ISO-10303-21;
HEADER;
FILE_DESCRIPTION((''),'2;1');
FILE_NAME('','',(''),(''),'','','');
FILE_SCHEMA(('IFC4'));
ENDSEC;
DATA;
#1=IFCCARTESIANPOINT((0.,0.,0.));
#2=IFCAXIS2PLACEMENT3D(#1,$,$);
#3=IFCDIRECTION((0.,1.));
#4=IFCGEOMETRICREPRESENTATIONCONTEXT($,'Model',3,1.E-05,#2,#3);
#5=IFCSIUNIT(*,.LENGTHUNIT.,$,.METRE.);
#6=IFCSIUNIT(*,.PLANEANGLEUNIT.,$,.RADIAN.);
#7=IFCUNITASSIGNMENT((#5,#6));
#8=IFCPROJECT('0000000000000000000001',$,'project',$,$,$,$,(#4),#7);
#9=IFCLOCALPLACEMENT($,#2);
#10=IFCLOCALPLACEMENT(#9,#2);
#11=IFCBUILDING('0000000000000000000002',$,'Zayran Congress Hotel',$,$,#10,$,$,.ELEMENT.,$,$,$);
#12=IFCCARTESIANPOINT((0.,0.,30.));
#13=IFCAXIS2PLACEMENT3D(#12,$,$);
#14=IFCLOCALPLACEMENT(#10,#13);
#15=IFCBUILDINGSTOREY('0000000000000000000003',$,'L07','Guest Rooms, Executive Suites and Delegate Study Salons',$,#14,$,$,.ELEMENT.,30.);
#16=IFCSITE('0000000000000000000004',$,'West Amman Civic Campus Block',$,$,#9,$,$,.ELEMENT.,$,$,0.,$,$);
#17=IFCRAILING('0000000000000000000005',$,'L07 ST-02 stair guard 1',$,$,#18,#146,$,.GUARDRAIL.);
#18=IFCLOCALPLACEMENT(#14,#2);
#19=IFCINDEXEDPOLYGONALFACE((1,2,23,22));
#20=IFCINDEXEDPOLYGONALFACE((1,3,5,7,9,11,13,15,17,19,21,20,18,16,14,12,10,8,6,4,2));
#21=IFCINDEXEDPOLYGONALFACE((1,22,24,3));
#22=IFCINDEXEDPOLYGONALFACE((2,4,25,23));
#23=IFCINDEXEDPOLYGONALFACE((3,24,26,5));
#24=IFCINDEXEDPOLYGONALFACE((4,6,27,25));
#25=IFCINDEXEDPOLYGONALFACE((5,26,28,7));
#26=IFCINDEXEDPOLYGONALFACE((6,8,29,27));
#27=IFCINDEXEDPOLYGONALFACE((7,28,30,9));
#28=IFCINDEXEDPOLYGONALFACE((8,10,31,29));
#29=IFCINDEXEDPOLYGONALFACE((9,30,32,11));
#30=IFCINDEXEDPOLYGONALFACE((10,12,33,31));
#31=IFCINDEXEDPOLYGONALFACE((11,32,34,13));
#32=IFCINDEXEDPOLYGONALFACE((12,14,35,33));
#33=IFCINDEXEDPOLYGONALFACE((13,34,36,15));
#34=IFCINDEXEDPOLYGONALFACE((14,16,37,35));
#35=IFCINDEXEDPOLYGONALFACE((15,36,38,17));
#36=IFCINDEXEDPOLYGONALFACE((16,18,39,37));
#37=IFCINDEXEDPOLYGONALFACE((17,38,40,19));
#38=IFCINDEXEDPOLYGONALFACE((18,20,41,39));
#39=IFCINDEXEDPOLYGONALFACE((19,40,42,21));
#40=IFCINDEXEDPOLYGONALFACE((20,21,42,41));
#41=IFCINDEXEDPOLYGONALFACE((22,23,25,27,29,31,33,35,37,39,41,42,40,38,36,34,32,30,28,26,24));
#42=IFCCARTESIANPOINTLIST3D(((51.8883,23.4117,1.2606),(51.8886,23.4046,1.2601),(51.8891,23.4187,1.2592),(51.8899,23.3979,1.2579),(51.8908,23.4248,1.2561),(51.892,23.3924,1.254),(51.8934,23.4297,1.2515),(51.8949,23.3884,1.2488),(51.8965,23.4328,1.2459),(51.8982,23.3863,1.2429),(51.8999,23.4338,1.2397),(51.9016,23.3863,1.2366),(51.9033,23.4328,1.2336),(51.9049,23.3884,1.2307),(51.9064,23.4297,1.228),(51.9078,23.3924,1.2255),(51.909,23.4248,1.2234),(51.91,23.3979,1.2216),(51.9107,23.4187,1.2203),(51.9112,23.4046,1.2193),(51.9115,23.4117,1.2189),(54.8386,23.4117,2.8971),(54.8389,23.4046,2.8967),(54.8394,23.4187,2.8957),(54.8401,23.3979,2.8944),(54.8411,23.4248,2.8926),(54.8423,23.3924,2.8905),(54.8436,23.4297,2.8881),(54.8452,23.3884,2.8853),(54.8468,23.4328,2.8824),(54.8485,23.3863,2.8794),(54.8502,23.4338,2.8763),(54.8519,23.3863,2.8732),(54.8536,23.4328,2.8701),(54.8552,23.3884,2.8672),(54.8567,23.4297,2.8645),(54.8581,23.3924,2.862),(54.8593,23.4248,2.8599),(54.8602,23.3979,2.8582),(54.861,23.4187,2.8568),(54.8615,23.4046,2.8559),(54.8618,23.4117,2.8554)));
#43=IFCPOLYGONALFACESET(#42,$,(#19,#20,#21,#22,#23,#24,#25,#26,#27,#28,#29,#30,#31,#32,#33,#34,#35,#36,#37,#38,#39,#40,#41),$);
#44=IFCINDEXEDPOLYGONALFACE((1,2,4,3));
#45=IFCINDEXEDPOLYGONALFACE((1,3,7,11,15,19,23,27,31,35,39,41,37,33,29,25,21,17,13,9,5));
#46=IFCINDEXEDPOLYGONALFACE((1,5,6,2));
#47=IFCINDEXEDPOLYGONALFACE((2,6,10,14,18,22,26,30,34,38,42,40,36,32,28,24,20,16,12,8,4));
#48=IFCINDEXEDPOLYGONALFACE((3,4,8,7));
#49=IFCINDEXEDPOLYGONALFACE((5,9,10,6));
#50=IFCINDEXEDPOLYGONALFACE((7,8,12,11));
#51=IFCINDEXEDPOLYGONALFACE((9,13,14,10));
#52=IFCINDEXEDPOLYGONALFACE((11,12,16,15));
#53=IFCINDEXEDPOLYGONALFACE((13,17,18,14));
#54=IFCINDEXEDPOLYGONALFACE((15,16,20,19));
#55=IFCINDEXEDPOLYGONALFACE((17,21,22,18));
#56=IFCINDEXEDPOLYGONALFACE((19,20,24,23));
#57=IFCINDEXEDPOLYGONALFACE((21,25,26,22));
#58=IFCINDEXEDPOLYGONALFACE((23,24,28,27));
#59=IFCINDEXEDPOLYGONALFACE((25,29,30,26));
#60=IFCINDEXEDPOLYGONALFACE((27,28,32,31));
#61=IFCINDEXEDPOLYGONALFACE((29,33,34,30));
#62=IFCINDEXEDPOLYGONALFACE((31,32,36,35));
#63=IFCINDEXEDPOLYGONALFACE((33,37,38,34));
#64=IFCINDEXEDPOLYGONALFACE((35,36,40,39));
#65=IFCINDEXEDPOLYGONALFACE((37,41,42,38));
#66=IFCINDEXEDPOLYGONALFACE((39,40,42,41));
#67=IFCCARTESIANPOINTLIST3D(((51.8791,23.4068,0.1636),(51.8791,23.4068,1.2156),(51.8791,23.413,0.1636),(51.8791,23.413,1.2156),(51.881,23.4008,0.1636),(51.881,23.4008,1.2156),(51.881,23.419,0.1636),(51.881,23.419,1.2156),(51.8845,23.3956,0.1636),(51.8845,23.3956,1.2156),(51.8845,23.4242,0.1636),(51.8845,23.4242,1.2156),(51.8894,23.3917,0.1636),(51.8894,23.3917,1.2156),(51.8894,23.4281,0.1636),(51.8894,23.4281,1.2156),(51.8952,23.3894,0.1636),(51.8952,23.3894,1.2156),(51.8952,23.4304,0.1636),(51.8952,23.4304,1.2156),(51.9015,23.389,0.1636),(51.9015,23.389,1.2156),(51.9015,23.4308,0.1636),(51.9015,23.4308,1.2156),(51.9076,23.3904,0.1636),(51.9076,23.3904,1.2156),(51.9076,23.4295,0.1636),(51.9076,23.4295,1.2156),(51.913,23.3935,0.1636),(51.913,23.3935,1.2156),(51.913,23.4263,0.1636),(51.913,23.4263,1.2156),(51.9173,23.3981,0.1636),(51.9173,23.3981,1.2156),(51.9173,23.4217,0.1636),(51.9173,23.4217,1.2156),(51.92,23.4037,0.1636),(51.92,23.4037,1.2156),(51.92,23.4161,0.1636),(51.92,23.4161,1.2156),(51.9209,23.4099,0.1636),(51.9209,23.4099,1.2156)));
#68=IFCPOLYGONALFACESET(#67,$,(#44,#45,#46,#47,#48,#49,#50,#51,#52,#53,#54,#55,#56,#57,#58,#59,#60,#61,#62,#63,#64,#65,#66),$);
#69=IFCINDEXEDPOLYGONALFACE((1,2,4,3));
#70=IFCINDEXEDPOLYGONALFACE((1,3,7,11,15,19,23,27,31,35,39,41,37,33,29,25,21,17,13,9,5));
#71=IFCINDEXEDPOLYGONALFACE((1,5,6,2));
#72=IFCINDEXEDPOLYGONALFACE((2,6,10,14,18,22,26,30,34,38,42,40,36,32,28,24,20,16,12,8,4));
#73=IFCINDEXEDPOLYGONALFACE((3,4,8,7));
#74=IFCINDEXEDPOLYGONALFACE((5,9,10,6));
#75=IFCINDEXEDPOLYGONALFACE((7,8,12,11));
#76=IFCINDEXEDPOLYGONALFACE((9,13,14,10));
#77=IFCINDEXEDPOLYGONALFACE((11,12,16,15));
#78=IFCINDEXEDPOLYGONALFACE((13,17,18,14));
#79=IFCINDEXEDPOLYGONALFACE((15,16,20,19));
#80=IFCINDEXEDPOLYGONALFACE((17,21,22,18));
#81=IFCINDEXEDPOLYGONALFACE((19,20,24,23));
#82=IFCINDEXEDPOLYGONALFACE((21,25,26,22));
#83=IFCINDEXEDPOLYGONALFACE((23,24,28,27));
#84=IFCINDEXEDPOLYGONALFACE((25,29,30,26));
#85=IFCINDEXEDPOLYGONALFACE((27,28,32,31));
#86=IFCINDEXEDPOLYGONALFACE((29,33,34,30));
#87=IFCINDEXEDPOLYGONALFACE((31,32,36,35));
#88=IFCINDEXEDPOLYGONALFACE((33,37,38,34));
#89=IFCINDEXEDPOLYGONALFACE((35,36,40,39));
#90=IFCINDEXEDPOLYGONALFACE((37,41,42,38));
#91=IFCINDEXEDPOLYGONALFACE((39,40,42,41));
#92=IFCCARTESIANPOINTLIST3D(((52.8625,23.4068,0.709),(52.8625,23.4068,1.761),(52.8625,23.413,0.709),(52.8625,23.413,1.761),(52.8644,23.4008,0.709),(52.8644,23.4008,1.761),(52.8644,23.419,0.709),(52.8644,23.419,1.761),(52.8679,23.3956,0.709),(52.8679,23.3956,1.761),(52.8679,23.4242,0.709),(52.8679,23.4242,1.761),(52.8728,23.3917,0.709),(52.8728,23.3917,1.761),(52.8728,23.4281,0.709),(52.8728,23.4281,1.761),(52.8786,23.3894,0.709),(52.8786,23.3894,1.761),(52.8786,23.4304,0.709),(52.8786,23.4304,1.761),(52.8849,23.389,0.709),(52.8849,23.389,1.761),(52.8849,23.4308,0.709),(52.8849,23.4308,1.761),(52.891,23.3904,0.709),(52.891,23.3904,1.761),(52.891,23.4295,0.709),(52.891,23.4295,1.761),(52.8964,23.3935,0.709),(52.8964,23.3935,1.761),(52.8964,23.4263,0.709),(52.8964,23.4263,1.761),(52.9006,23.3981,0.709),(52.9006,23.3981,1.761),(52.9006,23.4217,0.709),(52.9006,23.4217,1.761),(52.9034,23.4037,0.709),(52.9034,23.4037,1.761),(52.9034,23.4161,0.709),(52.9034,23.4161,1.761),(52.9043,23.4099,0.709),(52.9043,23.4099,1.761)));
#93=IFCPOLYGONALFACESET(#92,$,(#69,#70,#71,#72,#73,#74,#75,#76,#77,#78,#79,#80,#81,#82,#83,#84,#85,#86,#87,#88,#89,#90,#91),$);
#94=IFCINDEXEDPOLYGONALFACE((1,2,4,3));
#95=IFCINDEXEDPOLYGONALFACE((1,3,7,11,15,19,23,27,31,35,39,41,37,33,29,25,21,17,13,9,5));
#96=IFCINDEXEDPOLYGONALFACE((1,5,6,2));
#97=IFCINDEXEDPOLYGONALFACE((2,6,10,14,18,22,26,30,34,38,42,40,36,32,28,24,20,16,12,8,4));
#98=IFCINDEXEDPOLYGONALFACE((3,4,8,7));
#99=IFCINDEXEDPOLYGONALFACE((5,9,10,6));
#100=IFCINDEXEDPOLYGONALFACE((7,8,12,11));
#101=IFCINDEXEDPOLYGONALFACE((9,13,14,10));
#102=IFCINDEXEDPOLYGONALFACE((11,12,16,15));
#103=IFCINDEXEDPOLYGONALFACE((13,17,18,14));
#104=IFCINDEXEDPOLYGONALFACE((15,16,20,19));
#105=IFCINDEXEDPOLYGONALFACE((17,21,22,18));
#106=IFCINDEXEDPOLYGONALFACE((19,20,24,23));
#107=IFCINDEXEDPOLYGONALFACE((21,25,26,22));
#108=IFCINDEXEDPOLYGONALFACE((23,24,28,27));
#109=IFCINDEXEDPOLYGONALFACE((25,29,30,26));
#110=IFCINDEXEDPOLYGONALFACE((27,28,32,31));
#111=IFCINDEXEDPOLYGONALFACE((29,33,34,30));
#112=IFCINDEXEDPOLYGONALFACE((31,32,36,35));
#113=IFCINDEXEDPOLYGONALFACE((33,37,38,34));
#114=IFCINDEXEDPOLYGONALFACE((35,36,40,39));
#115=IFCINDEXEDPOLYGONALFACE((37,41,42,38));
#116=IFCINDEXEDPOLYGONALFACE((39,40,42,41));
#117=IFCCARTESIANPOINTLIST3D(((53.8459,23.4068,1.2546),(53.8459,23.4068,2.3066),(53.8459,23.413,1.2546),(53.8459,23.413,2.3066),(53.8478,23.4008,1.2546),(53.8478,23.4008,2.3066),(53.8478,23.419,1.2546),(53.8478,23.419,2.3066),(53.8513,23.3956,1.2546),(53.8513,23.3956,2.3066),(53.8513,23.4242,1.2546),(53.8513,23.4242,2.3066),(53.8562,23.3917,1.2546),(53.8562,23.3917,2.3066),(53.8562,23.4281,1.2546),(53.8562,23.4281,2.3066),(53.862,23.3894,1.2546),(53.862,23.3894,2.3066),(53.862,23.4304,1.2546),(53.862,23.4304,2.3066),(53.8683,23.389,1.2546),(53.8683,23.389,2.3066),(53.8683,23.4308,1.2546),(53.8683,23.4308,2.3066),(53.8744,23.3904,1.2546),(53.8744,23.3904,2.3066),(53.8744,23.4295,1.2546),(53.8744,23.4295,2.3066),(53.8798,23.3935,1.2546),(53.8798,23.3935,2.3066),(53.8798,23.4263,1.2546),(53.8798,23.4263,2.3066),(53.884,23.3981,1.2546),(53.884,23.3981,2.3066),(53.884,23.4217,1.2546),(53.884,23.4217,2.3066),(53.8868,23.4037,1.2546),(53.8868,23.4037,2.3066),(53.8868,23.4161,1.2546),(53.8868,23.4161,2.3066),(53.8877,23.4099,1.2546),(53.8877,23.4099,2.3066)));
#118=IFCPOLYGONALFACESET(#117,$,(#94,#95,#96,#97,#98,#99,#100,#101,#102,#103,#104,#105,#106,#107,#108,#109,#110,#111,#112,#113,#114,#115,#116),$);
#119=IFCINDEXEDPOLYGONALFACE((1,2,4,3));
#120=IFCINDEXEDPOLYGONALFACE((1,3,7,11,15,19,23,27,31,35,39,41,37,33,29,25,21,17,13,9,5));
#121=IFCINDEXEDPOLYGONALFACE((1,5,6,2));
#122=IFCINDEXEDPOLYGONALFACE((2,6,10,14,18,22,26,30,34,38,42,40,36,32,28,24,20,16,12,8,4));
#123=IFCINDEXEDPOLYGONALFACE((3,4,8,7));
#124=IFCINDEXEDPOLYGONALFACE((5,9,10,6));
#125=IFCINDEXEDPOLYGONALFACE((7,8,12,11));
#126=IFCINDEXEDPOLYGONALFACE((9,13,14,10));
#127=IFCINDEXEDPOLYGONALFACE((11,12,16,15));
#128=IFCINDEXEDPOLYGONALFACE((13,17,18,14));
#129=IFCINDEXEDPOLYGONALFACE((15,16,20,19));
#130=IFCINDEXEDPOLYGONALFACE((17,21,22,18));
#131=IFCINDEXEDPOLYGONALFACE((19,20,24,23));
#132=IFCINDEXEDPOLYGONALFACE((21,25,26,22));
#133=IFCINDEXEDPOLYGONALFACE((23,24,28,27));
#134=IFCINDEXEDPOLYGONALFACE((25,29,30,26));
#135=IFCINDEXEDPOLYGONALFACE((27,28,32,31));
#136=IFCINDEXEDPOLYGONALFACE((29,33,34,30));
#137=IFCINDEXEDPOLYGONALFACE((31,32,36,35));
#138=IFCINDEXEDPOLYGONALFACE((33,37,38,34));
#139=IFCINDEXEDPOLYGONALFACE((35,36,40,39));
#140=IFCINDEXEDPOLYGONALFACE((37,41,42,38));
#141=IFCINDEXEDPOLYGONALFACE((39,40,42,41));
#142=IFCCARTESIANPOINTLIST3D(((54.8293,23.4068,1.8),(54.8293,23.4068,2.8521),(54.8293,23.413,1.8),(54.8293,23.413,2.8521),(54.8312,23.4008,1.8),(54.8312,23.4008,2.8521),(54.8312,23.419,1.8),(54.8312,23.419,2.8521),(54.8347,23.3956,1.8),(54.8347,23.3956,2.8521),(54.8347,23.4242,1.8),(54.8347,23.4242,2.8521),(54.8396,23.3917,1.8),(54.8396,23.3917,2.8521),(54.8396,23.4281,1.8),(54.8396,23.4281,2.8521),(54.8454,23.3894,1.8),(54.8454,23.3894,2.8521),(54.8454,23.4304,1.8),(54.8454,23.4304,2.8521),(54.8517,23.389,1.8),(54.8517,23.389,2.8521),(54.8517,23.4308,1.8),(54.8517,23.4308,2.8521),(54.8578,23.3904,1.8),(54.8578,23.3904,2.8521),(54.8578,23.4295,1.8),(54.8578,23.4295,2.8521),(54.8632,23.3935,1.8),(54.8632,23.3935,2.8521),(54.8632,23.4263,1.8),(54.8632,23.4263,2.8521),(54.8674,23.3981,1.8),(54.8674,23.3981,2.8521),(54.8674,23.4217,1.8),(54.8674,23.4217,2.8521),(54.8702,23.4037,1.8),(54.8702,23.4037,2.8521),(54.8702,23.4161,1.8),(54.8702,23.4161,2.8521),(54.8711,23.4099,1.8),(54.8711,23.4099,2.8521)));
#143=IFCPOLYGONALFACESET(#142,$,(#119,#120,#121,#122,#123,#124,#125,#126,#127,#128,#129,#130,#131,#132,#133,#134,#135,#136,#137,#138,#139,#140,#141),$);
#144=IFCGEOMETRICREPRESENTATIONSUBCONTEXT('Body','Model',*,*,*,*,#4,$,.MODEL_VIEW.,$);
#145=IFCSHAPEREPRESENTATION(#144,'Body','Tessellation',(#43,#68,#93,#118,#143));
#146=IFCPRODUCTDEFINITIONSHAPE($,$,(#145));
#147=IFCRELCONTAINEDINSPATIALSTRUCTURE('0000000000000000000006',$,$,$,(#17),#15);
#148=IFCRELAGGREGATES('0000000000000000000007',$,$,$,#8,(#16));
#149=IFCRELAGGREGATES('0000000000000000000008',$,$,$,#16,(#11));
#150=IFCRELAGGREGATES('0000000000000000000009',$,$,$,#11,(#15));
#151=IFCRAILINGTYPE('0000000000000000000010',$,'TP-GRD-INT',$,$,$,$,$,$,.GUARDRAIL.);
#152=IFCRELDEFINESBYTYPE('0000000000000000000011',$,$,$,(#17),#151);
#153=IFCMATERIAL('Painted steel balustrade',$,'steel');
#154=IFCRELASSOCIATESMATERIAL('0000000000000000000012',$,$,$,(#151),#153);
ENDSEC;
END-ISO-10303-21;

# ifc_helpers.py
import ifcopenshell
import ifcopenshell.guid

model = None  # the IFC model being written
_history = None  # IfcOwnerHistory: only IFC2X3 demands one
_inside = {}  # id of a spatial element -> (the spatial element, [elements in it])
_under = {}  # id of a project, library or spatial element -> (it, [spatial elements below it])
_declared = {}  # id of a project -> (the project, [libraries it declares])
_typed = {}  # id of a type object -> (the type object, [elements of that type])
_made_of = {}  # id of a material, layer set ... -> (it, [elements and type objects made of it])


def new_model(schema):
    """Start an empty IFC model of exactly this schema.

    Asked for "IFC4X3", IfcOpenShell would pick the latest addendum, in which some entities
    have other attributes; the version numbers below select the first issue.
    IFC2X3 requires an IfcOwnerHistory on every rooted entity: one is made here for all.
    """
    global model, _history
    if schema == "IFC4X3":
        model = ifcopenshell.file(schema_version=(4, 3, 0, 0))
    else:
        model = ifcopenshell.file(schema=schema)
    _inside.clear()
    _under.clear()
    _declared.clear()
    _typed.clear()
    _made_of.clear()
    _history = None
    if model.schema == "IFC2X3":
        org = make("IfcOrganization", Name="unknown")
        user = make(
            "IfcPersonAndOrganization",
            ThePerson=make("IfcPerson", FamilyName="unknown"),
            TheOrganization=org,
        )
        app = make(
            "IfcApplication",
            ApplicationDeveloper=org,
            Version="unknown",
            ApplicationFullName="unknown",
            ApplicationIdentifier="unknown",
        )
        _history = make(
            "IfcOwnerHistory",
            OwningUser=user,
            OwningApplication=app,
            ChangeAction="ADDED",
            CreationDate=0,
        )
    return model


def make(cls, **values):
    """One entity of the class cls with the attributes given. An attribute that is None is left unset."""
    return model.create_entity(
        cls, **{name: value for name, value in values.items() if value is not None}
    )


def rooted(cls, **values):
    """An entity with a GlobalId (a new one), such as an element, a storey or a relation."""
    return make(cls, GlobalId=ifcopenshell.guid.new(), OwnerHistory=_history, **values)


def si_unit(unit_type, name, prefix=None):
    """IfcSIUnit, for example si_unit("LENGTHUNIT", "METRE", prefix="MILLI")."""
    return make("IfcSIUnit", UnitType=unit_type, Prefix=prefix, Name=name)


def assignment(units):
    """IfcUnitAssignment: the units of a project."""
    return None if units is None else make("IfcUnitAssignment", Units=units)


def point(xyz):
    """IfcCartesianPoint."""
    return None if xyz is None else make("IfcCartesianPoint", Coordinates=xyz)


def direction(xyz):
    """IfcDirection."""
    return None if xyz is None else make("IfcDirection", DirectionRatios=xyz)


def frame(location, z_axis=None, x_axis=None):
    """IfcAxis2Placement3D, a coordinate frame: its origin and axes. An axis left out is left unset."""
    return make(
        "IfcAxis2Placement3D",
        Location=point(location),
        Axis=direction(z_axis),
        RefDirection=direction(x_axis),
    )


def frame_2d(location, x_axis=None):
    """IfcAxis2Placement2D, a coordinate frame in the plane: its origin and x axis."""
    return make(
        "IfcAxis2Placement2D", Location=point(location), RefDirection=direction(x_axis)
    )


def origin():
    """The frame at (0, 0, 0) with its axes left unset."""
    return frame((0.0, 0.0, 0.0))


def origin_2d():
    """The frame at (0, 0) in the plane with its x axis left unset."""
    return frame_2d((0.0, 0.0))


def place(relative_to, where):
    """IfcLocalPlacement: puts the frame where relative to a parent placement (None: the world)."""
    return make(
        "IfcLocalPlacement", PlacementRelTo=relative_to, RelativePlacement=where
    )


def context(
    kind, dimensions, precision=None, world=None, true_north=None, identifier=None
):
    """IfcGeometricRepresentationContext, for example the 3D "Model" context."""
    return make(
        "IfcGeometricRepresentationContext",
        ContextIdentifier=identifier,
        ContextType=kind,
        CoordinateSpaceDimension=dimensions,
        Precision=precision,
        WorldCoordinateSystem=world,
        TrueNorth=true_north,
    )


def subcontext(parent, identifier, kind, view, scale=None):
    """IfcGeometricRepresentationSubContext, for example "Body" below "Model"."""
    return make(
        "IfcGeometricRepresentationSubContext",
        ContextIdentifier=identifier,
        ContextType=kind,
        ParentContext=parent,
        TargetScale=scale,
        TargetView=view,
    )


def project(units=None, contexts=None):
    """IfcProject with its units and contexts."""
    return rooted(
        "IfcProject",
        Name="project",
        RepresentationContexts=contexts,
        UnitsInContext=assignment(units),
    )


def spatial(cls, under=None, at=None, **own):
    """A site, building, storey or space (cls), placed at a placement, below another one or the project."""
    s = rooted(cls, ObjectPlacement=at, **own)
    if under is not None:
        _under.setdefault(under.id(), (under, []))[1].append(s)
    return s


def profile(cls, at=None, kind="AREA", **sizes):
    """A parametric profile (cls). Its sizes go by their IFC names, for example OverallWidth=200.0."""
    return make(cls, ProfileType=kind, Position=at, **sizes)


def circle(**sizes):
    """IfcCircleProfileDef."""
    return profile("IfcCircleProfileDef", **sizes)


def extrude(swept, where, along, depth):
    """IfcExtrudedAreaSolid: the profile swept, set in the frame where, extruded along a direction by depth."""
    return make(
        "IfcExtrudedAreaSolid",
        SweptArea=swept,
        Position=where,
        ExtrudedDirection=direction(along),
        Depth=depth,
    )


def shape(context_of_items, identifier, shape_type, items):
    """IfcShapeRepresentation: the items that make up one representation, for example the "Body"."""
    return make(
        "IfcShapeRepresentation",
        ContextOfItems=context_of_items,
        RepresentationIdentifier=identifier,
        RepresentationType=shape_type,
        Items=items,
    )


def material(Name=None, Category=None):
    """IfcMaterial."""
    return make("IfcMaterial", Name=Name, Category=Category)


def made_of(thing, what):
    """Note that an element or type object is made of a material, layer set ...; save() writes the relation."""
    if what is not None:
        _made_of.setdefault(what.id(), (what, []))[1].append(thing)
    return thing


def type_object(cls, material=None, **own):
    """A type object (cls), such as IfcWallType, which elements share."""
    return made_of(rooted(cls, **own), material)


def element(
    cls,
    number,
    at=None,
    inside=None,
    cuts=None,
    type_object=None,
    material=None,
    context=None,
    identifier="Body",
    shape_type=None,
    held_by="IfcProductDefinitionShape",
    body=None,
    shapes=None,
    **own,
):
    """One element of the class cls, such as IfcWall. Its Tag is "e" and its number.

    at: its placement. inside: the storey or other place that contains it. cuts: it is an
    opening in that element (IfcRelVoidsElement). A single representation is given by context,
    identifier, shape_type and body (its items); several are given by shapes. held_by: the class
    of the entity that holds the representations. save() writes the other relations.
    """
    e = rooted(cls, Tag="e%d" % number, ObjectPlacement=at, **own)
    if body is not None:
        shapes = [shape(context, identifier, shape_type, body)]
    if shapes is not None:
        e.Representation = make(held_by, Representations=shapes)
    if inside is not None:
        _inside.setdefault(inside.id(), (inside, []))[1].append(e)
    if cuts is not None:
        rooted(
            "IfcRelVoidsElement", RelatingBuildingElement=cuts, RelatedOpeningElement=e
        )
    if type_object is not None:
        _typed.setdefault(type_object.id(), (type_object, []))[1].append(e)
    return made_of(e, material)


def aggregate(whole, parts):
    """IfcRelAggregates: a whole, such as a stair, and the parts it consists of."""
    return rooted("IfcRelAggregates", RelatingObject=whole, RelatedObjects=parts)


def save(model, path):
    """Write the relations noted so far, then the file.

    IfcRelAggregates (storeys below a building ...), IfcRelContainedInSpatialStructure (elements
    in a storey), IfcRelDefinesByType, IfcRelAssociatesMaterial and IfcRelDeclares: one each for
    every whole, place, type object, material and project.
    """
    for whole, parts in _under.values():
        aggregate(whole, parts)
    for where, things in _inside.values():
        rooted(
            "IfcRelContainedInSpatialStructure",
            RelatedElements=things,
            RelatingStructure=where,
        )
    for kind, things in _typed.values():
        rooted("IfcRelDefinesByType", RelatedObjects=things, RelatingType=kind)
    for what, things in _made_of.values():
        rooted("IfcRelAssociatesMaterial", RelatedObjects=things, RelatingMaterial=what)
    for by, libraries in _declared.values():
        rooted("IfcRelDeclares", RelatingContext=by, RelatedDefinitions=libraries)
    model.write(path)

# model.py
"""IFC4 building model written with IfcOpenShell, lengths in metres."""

from ifc_helpers import new_model, si_unit, direction, frame, origin, origin_2d, place, context, subcontext, project, spatial, circle, extrude, material, type_object, element, save


model = new_model("IFC4")

# Units and contexts
model_context = context("Model", 3, precision=1e-05, world=origin(), true_north=direction((0.0, 1.0)))
body_context = subcontext(model_context, "Body", "Model", "MODEL_VIEW")
ifc_project = project(units=[si_unit("LENGTHUNIT", "METRE"), si_unit("PLANEANGLEUNIT", "RADIAN")], contexts=[model_context])

# Site, building, storey
site_placement = place(None, origin())
site = spatial("IfcSite", under=ifc_project, at=site_placement, Name="West Amman Civic Campus Block", CompositionType="ELEMENT", RefElevation=0.0)
building_placement = place(site_placement, origin())
building = spatial("IfcBuilding", under=site, at=building_placement, Name="Zayran Congress Hotel", CompositionType="ELEMENT")
storey_placement = place(building_placement, frame((0.0, 0.0, 30.0)))
storey = spatial("IfcBuildingStorey", under=building, at=storey_placement, Name="L07", Description="Guest Rooms, Executive Suites and Delegate Study Salons", CompositionType="ELEMENT", Elevation=30.0)

# Railing
ifc_material_1 = material(Name="Painted steel balustrade", Category="steel")
railing_type_1 = type_object("IfcRailingType", Name="TP-GRD-INT", PredefinedType="GUARDRAIL", material=ifc_material_1)
railing_1_placement = place(storey_placement, frame((51.8999, 23.4099, 0.1636)))
element("IfcRailing", 1, at=railing_1_placement, inside=storey, type_object=railing_type_1, Name="L07 ST-02 stair guard 1", PredefinedType="GUARDRAIL", context=body_context, shape_type="SweptSolid", body=[
    extrude(circle(Radius=0.0239, at=origin_2d()), frame((0.0, 0.0, 1.0762), z_axis=(0.874475, 0.0, 0.485071), x_axis=(0.0, 1.0, 0.0)), (0.0, 0.0, 1.0), 3.3738),
    extrude(circle(Radius=0.021, at=origin_2d()), origin(), (0.0, 0.0, 1.0), 1.052),
    extrude(circle(Radius=0.021, at=origin_2d()), frame((0.9834, 0.0, 0.5454)), (0.0, 0.0, 1.0), 1.052),
    extrude(circle(Radius=0.021, at=origin_2d()), frame((1.9668, 0.0, 1.0911)), (0.0, 0.0, 1.0), 1.052),
    extrude(circle(Radius=0.021, at=origin_2d()), frame((2.9502, 0.0, 1.6365)), (0.0, 0.0, 1.0), 1.052),
])

save(model, "model.ifc")
